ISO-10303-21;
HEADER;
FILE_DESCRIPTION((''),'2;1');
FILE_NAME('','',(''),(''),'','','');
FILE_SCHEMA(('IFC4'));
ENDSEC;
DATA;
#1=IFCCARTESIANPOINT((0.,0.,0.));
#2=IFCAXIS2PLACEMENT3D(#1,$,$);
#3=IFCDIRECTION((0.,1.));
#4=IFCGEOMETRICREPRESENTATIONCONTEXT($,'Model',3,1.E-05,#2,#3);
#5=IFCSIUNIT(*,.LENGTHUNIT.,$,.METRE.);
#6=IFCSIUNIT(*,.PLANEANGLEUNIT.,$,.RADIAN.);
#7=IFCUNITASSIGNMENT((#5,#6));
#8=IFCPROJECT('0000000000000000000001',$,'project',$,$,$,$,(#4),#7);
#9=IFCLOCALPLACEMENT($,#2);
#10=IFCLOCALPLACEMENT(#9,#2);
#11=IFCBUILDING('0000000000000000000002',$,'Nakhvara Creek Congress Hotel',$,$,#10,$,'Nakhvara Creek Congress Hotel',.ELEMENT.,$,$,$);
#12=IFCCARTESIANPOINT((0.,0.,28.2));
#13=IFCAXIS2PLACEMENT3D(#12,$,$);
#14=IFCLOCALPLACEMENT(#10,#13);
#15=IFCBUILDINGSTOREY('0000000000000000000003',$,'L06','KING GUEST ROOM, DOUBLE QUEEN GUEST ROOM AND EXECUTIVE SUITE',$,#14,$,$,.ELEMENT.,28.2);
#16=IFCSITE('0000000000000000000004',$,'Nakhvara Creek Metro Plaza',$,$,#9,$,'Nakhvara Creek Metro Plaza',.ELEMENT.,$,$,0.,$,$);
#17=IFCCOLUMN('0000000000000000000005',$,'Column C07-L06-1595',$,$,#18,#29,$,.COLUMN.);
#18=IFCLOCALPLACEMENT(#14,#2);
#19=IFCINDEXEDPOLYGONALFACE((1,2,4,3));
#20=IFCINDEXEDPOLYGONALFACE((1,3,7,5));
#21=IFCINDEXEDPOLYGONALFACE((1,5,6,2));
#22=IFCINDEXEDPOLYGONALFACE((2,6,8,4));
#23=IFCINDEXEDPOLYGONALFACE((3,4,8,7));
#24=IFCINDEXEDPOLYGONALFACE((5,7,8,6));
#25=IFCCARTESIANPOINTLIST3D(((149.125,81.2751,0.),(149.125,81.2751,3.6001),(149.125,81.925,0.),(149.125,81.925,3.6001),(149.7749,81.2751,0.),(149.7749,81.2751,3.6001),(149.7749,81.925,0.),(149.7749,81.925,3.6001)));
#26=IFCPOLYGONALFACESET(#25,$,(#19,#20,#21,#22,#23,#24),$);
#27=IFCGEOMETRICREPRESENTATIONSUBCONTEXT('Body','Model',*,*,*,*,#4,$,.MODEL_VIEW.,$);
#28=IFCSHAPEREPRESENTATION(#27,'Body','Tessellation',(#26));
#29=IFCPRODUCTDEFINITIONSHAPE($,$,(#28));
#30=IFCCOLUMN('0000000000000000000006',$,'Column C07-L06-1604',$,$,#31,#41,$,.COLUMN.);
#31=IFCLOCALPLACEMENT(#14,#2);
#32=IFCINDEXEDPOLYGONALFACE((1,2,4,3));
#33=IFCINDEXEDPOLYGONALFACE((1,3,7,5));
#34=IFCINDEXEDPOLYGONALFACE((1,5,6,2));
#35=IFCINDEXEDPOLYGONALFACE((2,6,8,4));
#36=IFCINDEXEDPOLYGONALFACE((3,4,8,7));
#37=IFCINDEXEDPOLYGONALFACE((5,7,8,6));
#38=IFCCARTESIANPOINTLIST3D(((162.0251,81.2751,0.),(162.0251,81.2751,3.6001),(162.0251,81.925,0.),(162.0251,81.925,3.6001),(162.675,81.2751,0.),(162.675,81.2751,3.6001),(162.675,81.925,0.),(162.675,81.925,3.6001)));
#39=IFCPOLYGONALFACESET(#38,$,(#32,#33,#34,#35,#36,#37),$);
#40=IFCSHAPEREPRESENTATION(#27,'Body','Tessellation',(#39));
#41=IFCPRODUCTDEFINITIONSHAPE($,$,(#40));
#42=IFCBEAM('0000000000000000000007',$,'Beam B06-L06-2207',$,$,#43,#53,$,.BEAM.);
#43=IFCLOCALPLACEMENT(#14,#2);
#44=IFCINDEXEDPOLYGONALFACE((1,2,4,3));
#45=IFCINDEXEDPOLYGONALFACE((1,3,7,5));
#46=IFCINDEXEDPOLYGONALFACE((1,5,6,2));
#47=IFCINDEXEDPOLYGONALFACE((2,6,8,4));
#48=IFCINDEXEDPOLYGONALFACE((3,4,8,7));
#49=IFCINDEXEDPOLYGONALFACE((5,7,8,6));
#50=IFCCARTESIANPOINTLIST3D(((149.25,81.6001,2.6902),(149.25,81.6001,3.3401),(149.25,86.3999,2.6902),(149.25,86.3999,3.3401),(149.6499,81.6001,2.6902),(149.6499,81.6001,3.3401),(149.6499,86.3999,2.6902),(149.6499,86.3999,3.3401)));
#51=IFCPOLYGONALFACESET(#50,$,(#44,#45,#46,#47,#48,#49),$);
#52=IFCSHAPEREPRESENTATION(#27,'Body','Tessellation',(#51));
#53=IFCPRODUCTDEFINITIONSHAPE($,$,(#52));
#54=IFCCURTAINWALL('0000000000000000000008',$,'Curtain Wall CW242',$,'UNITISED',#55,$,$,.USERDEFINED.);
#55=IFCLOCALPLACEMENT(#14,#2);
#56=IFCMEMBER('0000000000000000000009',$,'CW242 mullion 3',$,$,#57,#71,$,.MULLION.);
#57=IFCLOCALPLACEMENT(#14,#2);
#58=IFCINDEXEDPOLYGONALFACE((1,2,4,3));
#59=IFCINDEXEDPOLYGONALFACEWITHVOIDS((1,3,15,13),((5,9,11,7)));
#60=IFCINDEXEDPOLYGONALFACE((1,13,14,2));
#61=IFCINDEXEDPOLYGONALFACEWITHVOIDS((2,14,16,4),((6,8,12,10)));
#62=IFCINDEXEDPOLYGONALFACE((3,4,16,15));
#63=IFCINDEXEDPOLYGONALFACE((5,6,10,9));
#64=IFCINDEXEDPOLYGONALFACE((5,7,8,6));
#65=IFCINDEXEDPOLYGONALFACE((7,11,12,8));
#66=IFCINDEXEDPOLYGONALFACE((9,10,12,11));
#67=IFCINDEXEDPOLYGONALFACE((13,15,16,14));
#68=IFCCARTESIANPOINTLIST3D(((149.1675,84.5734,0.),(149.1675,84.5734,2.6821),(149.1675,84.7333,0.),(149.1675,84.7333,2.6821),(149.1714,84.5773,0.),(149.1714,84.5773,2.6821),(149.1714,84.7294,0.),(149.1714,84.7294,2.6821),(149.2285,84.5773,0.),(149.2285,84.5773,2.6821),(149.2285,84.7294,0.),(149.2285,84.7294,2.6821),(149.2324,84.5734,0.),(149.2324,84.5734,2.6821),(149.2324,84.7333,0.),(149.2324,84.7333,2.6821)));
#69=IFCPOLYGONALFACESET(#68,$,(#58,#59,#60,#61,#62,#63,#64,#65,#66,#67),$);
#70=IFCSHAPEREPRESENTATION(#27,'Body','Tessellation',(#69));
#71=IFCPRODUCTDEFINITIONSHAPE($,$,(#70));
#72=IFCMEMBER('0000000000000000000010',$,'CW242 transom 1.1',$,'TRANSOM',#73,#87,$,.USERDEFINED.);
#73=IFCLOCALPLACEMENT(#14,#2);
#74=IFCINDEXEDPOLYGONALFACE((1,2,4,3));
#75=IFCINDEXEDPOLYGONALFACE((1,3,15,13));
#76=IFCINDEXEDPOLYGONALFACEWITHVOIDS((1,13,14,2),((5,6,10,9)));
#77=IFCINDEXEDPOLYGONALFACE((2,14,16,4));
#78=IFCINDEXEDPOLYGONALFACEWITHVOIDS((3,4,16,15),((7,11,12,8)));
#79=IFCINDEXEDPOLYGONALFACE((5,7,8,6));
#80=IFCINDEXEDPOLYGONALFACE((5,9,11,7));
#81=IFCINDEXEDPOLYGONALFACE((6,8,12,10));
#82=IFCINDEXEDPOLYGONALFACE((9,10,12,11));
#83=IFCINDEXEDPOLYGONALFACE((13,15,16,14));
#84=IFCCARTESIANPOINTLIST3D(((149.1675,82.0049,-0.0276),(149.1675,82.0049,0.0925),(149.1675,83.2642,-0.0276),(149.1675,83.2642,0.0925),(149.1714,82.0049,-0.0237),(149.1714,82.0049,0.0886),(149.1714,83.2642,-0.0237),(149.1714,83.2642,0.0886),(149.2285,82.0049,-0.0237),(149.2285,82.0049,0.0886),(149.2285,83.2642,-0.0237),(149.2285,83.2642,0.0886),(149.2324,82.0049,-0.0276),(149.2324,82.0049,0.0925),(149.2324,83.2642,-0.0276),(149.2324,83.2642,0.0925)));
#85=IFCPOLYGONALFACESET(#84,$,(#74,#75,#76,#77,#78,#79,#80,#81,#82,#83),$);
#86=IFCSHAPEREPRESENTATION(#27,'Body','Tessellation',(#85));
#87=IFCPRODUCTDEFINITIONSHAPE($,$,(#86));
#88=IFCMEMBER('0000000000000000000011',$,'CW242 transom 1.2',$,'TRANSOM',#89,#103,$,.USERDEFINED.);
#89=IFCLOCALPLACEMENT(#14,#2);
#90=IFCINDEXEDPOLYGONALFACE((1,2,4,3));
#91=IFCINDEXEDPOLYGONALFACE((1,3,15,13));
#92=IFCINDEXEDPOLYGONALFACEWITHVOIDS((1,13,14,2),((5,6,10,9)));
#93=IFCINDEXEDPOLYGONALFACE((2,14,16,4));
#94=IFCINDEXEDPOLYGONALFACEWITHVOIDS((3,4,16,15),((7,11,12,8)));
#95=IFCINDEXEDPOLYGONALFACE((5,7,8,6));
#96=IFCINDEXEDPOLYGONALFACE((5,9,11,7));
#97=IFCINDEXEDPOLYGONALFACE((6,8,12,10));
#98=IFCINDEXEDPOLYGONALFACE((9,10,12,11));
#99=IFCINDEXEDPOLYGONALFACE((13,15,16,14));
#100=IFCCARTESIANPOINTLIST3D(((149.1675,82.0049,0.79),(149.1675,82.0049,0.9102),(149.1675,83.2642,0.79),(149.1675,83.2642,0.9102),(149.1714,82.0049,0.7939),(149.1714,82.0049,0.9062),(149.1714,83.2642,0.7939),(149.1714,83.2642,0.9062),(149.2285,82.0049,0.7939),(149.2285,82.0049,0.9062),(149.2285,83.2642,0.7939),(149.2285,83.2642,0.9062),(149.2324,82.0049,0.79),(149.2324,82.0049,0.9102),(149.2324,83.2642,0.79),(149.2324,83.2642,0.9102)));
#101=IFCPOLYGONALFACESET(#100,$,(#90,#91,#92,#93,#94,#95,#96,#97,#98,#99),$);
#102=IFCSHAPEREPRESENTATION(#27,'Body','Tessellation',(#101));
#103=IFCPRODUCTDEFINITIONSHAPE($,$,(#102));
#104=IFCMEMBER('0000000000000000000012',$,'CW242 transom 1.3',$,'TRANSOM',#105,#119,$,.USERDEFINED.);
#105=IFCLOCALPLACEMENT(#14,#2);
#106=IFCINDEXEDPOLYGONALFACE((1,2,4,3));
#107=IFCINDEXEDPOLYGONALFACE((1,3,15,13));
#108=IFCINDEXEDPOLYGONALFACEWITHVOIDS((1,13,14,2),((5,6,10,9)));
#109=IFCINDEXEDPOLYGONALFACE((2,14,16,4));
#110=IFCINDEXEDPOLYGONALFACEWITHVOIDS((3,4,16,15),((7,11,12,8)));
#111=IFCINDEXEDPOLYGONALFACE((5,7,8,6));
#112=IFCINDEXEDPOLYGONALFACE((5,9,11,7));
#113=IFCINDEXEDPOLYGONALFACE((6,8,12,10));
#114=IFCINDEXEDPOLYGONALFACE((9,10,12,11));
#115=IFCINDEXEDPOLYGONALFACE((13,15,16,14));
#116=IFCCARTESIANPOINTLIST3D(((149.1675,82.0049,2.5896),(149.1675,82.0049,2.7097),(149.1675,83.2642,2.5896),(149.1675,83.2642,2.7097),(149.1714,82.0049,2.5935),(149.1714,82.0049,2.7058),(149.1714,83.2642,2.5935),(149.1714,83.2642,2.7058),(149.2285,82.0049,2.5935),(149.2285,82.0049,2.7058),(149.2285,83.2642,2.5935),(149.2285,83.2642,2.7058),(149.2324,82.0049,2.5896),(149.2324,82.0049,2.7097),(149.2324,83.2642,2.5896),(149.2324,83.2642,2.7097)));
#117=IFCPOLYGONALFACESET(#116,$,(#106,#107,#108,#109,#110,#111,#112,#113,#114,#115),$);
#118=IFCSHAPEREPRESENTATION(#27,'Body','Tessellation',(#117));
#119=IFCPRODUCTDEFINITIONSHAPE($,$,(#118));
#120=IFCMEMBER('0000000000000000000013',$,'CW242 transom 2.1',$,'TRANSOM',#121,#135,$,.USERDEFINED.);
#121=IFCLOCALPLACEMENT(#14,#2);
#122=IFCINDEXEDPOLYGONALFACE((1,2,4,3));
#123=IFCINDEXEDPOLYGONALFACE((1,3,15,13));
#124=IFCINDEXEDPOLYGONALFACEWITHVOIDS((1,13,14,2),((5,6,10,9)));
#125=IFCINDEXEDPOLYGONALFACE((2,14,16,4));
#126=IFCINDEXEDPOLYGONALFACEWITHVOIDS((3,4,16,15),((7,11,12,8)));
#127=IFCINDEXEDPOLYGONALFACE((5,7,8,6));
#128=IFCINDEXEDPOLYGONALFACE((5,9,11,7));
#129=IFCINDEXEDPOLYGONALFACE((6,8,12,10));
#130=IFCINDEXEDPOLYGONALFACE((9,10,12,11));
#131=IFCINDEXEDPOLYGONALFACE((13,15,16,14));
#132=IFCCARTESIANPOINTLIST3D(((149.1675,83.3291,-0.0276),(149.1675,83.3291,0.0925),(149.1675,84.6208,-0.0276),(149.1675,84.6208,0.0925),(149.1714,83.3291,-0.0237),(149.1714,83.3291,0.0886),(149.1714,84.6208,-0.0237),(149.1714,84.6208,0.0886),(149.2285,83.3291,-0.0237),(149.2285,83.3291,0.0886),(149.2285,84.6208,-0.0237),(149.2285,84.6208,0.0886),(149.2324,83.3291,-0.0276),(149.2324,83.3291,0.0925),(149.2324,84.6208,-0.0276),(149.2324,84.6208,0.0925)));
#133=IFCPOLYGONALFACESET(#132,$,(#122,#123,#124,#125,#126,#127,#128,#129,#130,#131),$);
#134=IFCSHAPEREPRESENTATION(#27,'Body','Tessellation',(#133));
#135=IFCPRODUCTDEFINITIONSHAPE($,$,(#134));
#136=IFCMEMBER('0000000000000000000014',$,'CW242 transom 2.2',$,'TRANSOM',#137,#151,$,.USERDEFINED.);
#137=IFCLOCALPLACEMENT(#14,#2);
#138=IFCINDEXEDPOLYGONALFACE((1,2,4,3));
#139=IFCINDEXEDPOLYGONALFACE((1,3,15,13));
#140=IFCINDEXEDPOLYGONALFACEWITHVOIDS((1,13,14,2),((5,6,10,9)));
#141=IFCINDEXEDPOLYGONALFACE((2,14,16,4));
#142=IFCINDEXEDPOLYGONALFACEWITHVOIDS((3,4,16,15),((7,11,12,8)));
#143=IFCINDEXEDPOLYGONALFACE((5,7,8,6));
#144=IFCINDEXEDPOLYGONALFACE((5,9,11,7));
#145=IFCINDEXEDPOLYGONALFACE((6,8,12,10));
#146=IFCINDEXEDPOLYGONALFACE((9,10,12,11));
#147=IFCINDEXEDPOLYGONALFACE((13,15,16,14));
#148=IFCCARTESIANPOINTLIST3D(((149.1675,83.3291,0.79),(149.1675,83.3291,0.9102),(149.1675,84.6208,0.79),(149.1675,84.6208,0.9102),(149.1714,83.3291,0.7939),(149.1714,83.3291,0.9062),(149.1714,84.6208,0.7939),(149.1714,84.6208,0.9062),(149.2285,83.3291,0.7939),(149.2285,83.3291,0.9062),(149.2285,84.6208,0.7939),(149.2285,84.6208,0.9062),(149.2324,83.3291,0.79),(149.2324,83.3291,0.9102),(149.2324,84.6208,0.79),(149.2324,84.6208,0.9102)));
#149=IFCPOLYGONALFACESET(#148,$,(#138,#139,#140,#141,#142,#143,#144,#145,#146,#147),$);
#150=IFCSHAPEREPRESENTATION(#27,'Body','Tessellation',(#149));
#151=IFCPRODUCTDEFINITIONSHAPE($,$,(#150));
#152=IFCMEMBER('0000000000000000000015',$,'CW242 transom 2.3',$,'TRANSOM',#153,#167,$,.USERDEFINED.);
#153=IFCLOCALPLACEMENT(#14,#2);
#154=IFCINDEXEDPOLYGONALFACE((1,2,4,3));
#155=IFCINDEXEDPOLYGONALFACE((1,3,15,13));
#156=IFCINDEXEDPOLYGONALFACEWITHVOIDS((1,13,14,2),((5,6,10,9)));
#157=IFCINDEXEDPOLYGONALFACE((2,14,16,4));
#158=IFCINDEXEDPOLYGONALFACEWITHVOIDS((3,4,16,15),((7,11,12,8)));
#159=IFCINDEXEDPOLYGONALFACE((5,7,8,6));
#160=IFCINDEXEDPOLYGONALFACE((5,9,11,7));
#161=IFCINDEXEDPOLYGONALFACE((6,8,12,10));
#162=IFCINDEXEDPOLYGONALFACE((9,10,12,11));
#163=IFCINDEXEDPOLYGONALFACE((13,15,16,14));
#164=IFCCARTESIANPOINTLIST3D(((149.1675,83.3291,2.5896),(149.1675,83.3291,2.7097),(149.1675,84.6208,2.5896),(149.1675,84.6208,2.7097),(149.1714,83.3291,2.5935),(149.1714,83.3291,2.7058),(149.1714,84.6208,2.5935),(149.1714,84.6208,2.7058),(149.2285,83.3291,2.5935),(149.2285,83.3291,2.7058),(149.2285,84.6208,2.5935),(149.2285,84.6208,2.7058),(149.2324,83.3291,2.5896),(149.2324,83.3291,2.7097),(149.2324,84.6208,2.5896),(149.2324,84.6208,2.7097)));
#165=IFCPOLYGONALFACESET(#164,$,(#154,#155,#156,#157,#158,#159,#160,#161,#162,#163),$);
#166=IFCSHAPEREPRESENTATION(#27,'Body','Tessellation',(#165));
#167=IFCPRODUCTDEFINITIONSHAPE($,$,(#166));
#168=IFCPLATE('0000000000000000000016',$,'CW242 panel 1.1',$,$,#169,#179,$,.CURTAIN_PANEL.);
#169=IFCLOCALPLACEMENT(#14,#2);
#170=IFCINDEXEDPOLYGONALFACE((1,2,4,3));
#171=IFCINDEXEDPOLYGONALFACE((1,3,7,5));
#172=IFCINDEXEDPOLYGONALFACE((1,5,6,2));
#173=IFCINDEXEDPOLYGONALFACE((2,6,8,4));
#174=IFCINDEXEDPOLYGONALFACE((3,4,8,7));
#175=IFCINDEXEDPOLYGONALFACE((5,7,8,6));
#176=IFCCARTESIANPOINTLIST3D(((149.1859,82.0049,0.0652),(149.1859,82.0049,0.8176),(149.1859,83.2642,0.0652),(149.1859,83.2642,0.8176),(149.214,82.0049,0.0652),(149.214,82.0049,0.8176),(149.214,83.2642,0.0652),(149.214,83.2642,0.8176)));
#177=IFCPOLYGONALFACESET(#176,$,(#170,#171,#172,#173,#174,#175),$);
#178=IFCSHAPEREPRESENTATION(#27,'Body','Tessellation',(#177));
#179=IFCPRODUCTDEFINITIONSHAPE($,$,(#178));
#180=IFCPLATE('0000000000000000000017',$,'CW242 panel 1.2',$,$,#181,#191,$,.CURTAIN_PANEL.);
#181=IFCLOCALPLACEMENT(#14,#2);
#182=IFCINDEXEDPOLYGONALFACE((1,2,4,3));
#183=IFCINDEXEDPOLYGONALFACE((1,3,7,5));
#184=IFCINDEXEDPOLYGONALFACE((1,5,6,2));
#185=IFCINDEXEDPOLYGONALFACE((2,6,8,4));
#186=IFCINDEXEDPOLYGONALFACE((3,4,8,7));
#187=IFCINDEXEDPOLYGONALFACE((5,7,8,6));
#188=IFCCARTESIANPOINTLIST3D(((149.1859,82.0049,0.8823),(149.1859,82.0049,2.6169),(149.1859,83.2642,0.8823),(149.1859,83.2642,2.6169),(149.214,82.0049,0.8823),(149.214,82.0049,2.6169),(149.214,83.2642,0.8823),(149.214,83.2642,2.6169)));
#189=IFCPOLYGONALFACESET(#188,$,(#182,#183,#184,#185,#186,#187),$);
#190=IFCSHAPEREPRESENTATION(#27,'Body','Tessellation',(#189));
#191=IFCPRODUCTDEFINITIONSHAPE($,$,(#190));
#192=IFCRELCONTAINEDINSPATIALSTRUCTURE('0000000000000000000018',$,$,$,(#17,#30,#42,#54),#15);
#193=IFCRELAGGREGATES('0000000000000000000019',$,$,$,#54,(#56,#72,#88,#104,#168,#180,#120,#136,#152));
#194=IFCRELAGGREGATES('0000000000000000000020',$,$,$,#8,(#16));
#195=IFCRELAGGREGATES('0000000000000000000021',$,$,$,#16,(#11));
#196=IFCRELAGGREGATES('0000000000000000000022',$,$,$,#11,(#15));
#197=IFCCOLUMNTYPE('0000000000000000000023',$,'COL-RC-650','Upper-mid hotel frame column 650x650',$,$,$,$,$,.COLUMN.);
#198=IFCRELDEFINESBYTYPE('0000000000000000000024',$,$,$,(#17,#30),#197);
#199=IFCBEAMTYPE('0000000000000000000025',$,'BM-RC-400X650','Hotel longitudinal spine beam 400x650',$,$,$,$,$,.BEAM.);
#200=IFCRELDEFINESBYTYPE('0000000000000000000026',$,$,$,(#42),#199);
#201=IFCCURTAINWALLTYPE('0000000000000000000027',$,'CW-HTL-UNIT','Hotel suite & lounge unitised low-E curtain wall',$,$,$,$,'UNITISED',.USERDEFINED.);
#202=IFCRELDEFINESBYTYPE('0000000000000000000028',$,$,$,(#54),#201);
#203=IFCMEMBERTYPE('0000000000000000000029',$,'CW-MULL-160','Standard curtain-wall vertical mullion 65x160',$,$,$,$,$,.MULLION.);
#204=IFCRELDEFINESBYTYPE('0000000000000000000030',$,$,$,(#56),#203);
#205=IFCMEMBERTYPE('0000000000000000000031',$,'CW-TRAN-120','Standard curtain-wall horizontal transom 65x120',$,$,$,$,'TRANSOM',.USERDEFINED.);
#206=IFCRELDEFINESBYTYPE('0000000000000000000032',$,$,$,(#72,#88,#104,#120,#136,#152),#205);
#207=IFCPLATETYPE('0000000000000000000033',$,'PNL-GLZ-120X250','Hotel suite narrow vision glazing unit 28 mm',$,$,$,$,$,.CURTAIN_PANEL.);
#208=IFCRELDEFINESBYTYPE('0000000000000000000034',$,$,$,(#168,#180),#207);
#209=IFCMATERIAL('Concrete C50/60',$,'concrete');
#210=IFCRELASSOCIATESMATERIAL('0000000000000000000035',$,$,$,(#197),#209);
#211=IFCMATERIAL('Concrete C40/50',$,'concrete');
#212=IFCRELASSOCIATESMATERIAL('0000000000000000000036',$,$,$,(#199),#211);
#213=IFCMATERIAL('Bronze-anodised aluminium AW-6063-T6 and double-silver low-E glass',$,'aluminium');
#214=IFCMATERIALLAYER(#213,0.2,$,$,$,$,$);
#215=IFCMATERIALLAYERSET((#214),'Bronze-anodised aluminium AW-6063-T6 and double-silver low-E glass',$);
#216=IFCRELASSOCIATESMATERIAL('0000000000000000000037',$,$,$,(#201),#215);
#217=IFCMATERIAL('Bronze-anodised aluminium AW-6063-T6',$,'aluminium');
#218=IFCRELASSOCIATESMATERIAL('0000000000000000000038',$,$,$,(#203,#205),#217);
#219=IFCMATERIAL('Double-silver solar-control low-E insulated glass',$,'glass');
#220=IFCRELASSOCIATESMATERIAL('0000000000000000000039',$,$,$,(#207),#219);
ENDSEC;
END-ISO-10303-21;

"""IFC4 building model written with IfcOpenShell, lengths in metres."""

from ifc_helpers import new_model, si_unit, direction, frame, origin, origin_2d, place, context, subcontext, project, spatial, rectangle, hollow_rectangle, extrude, material, layer, layer_set, material_profile, profile_set, type_object, element, aggregate, save


model = new_model("IFC4")

# Units and contexts
model_context = context("Model", 3, precision=1e-05, world=origin(), true_north=direction((0.0, 1.0)))
body_context = subcontext(model_context, "Body", "Model", "MODEL_VIEW")
ifc_project = project(units=[si_unit("LENGTHUNIT", "METRE"), si_unit("PLANEANGLEUNIT", "RADIAN")], contexts=[model_context])

# Site, building, storey
site_placement = place(None, origin())
site = spatial("IfcSite", under=ifc_project, at=site_placement, Name="Nakhvara Creek Metro Plaza", LongName="Nakhvara Creek Metro Plaza", CompositionType="ELEMENT", RefElevation=0.0)
building_placement = place(site_placement, origin())
building = spatial("IfcBuilding", under=site, at=building_placement, Name="Nakhvara Creek Congress Hotel", LongName="Nakhvara Creek Congress Hotel", CompositionType="ELEMENT")
storey_placement = place(building_placement, frame((0.0, 0.0, 28.2)))
storey = spatial("IfcBuildingStorey", under=building, at=storey_placement, Name="L06", Description="KING GUEST ROOM, DOUBLE QUEEN GUEST ROOM AND EXECUTIVE SUITE", CompositionType="ELEMENT", Elevation=28.2)

# Columns
ifc_material_1 = material(Name="Concrete C50/60", Category="concrete")
ifc_material_profile_1 = material_profile(ifc_material_1, rectangle(XDim=0.6499, YDim=0.6499, at=origin_2d()), Name="RC-COL 650x650", Category="LoadBearing")
ifc_profile_set_1 = profile_set([ifc_material_profile_1], Name="Concrete C50/60")
column_type = type_object("IfcColumnType", Name="COL-RC-650", Description="Upper-mid hotel frame column 650x650", PredefinedType="COLUMN", material=ifc_profile_set_1)
for number, where, z_axis, x_axis, name in (
    (1, (149.45, 81.6001, 0.0), (0.0, 0.0, 1.0), (1.0, 0.0, 0.0), "Column C07-L06-1595"),
    (2, (162.3501, 81.6001, 0.0), (0.0, 0.0, 1.0), (1.0, 0.0, 0.0), "Column C07-L06-1604"),
):
    element("IfcColumn", number, at=place(storey_placement, frame(where, z_axis=z_axis, x_axis=x_axis)), inside=storey, type_object=column_type, Name=name, PredefinedType="COLUMN", context=body_context, shape_type="SweptSolid", body=[
        extrude(rectangle(XDim=0.6499, YDim=0.6499, at=origin_2d()), origin(), (0.0, 0.0, 1.0), 3.6001),
    ])

# Beam
ifc_material_2 = material(Name="Concrete C40/50", Category="concrete")
ifc_material_profile_2 = material_profile(ifc_material_2, rectangle(XDim=0.3999, YDim=0.6499, at=origin_2d()), Name="RC-BM 400x650", Category="LoadBearing")
ifc_profile_set_2 = profile_set([ifc_material_profile_2], Name="Concrete C40/50")
beam_type = type_object("IfcBeamType", Name="BM-RC-400X650", Description="Hotel longitudinal spine beam 400x650", PredefinedType="BEAM", material=ifc_profile_set_2)
beam_placement = place(storey_placement, frame((149.45, 81.6001, 3.0151), z_axis=(0.0, 1.0, 0.0), x_axis=(-1.0, 0.0, 0.0)))
element("IfcBeam", 3, at=beam_placement, inside=storey, type_object=beam_type, Name="Beam B06-L06-2207", PredefinedType="BEAM", context=body_context, shape_type="SweptSolid", body=[
    extrude(rectangle(XDim=0.3999, YDim=0.6499, at=origin_2d()), origin(), (0.0, 0.0, 1.0), 4.7998),
])

# Curtain wall, members, plates
ifc_material_3 = material(Name="Bronze-anodised aluminium AW-6063-T6 and double-silver low-E glass", Category="aluminium")
ifc_layer_1 = layer(ifc_material_3, 0.2)
ifc_layer_set_1 = layer_set([ifc_layer_1], Name="Bronze-anodised aluminium AW-6063-T6 and double-silver low-E glass")
curtain_wall_type = type_object("IfcCurtainWallType", Name="CW-HTL-UNIT", Description="Hotel suite & lounge unitised low-E curtain wall", ElementType="UNITISED", PredefinedType="USERDEFINED", material=ifc_layer_set_1)
curtain_wall_placement = place(storey_placement, origin())
curtain_wall = element("IfcCurtainWall", 4, at=curtain_wall_placement, inside=storey, type_object=curtain_wall_type, Name="Curtain Wall CW242", ObjectType="UNITISED", PredefinedType="USERDEFINED")
ifc_material_4 = material(Name="Bronze-anodised aluminium AW-6063-T6", Category="aluminium")
ifc_material_profile_3 = material_profile(ifc_material_4, hollow_rectangle(XDim=0.0649, YDim=0.1599, WallThickness=0.0039, at=origin_2d()), Name="ALU-MULL 65x160x4", Category="LoadBearing")
ifc_profile_set_3 = profile_set([ifc_material_profile_3], Name="Bronze-anodised aluminium AW-6063-T6")
member_type_1 = type_object("IfcMemberType", Name="CW-MULL-160", Description="Standard curtain-wall vertical mullion 65x160", PredefinedType="MULLION", material=ifc_profile_set_3)
member_1_placement = place(storey_placement, frame((149.2, 84.6533, 0.0), z_axis=(0.0, 0.0, 1.0), x_axis=(-1.0, 0.0, 0.0)))
member_1 = element("IfcMember", 5, at=member_1_placement, type_object=member_type_1, Name="CW242 mullion 3", PredefinedType="MULLION", context=body_context, shape_type="SweptSolid", body=[
    extrude(hollow_rectangle(XDim=0.0649, YDim=0.1599, WallThickness=0.0039, at=origin_2d()), origin(), (0.0, 0.0, 1.0), 2.6821),
])
ifc_material_profile_4 = material_profile(ifc_material_4, hollow_rectangle(XDim=0.0649, YDim=0.1201, WallThickness=0.0039, at=origin_2d()), Name="ALU-TRAN 65x120x4", Category="LoadBearing")
ifc_profile_set_4 = profile_set([ifc_material_profile_4], Name="Bronze-anodised aluminium AW-6063-T6")
member_type_2 = type_object("IfcMemberType", Name="CW-TRAN-120", Description="Standard curtain-wall horizontal transom 65x120", ElementType="TRANSOM", PredefinedType="USERDEFINED", material=ifc_profile_set_4)
member_2_placement = place(storey_placement, frame((149.2, 82.0049, 0.0325), z_axis=(0.0, 1.0, 0.0), x_axis=(-1.0, 0.0, 0.0)))
member_2 = element("IfcMember", 6, at=member_2_placement, type_object=member_type_2, Name="CW242 transom 1.1", ObjectType="TRANSOM", PredefinedType="USERDEFINED", context=body_context, shape_type="SweptSolid", body=[
    extrude(hollow_rectangle(XDim=0.0649, YDim=0.1201, WallThickness=0.0039, at=origin_2d()), origin(), (0.0, 0.0, 1.0), 1.2593),
])
member_3_placement = place(storey_placement, frame((149.2, 82.0049, 0.8501), z_axis=(0.0, 1.0, 0.0), x_axis=(-1.0, 0.0, 0.0)))
member_3 = element("IfcMember", 7, at=member_3_placement, type_object=member_type_2, Name="CW242 transom 1.2", ObjectType="TRANSOM", PredefinedType="USERDEFINED", context=body_context, shape_type="SweptSolid", body=[
    extrude(hollow_rectangle(XDim=0.0649, YDim=0.1201, WallThickness=0.0039, at=origin_2d()), origin(), (0.0, 0.0, 1.0), 1.2593),
])
member_4_placement = place(storey_placement, frame((149.2, 82.0049, 2.6497), z_axis=(0.0, 1.0, 0.0), x_axis=(-1.0, 0.0, 0.0)))
member_4 = element("IfcMember", 8, at=member_4_placement, type_object=member_type_2, Name="CW242 transom 1.3", ObjectType="TRANSOM", PredefinedType="USERDEFINED", context=body_context, shape_type="SweptSolid", body=[
    extrude(hollow_rectangle(XDim=0.0649, YDim=0.1201, WallThickness=0.0039, at=origin_2d()), origin(), (0.0, 0.0, 1.0), 1.2593),
])
member_5_placement = place(storey_placement, frame((149.2, 83.3291, 0.0325), z_axis=(0.0, 1.0, 0.0), x_axis=(-1.0, 0.0, 0.0)))
member_5 = element("IfcMember", 9, at=member_5_placement, type_object=member_type_2, Name="CW242 transom 2.1", ObjectType="TRANSOM", PredefinedType="USERDEFINED", context=body_context, shape_type="SweptSolid", body=[
    extrude(hollow_rectangle(XDim=0.0649, YDim=0.1201, WallThickness=0.0039, at=origin_2d()), origin(), (0.0, 0.0, 1.0), 1.2917),
])
member_6_placement = place(storey_placement, frame((149.2, 83.3291, 0.8501), z_axis=(0.0, 1.0, 0.0), x_axis=(-1.0, 0.0, 0.0)))
member_6 = element("IfcMember", 10, at=member_6_placement, type_object=member_type_2, Name="CW242 transom 2.2", ObjectType="TRANSOM", PredefinedType="USERDEFINED", context=body_context, shape_type="SweptSolid", body=[
    extrude(hollow_rectangle(XDim=0.0649, YDim=0.1201, WallThickness=0.0039, at=origin_2d()), origin(), (0.0, 0.0, 1.0), 1.2917),
])
member_7_placement = place(storey_placement, frame((149.2, 83.3291, 2.6497), z_axis=(0.0, 1.0, 0.0), x_axis=(-1.0, 0.0, 0.0)))
member_7 = element("IfcMember", 11, at=member_7_placement, type_object=member_type_2, Name="CW242 transom 2.3", ObjectType="TRANSOM", PredefinedType="USERDEFINED", context=body_context, shape_type="SweptSolid", body=[
    extrude(hollow_rectangle(XDim=0.0649, YDim=0.1201, WallThickness=0.0039, at=origin_2d()), origin(), (0.0, 0.0, 1.0), 1.2917),
])
ifc_material_5 = material(Name="Double-silver solar-control low-E insulated glass", Category="glass")
plate_type = type_object("IfcPlateType", Name="PNL-GLZ-120X250", Description="Hotel suite narrow vision glazing unit 28 mm", PredefinedType="CURTAIN_PANEL", material=ifc_material_5)
plate_1_placement = place(storey_placement, frame((149.2, 82.6345, 0.0652), z_axis=(0.0, 0.0, 1.0), x_axis=(0.0, 1.0, 0.0)))
plate_1 = element("IfcPlate", 12, at=plate_1_placement, type_object=plate_type, Name="CW242 panel 1.1", PredefinedType="CURTAIN_PANEL", context=body_context, shape_type="SweptSolid", body=[
    extrude(rectangle(XDim=1.2593, YDim=0.0281, at=origin_2d()), origin(), (0.0, 0.0, 1.0), 0.7524),
])
plate_2_placement = place(storey_placement, frame((149.2, 82.6345, 0.8823), z_axis=(0.0, 0.0, 1.0), x_axis=(0.0, 1.0, 0.0)))
plate_2 = element("IfcPlate", 13, at=plate_2_placement, type_object=plate_type, Name="CW242 panel 1.2", PredefinedType="CURTAIN_PANEL", context=body_context, shape_type="SweptSolid", body=[
    extrude(rectangle(XDim=1.2593, YDim=0.0281, at=origin_2d()), origin(), (0.0, 0.0, 1.0), 1.7346),
])
aggregate(curtain_wall, [member_1, member_2, member_3, member_4, plate_1, plate_2, member_5, member_6, member_7])

save(model, "model.ifc")
